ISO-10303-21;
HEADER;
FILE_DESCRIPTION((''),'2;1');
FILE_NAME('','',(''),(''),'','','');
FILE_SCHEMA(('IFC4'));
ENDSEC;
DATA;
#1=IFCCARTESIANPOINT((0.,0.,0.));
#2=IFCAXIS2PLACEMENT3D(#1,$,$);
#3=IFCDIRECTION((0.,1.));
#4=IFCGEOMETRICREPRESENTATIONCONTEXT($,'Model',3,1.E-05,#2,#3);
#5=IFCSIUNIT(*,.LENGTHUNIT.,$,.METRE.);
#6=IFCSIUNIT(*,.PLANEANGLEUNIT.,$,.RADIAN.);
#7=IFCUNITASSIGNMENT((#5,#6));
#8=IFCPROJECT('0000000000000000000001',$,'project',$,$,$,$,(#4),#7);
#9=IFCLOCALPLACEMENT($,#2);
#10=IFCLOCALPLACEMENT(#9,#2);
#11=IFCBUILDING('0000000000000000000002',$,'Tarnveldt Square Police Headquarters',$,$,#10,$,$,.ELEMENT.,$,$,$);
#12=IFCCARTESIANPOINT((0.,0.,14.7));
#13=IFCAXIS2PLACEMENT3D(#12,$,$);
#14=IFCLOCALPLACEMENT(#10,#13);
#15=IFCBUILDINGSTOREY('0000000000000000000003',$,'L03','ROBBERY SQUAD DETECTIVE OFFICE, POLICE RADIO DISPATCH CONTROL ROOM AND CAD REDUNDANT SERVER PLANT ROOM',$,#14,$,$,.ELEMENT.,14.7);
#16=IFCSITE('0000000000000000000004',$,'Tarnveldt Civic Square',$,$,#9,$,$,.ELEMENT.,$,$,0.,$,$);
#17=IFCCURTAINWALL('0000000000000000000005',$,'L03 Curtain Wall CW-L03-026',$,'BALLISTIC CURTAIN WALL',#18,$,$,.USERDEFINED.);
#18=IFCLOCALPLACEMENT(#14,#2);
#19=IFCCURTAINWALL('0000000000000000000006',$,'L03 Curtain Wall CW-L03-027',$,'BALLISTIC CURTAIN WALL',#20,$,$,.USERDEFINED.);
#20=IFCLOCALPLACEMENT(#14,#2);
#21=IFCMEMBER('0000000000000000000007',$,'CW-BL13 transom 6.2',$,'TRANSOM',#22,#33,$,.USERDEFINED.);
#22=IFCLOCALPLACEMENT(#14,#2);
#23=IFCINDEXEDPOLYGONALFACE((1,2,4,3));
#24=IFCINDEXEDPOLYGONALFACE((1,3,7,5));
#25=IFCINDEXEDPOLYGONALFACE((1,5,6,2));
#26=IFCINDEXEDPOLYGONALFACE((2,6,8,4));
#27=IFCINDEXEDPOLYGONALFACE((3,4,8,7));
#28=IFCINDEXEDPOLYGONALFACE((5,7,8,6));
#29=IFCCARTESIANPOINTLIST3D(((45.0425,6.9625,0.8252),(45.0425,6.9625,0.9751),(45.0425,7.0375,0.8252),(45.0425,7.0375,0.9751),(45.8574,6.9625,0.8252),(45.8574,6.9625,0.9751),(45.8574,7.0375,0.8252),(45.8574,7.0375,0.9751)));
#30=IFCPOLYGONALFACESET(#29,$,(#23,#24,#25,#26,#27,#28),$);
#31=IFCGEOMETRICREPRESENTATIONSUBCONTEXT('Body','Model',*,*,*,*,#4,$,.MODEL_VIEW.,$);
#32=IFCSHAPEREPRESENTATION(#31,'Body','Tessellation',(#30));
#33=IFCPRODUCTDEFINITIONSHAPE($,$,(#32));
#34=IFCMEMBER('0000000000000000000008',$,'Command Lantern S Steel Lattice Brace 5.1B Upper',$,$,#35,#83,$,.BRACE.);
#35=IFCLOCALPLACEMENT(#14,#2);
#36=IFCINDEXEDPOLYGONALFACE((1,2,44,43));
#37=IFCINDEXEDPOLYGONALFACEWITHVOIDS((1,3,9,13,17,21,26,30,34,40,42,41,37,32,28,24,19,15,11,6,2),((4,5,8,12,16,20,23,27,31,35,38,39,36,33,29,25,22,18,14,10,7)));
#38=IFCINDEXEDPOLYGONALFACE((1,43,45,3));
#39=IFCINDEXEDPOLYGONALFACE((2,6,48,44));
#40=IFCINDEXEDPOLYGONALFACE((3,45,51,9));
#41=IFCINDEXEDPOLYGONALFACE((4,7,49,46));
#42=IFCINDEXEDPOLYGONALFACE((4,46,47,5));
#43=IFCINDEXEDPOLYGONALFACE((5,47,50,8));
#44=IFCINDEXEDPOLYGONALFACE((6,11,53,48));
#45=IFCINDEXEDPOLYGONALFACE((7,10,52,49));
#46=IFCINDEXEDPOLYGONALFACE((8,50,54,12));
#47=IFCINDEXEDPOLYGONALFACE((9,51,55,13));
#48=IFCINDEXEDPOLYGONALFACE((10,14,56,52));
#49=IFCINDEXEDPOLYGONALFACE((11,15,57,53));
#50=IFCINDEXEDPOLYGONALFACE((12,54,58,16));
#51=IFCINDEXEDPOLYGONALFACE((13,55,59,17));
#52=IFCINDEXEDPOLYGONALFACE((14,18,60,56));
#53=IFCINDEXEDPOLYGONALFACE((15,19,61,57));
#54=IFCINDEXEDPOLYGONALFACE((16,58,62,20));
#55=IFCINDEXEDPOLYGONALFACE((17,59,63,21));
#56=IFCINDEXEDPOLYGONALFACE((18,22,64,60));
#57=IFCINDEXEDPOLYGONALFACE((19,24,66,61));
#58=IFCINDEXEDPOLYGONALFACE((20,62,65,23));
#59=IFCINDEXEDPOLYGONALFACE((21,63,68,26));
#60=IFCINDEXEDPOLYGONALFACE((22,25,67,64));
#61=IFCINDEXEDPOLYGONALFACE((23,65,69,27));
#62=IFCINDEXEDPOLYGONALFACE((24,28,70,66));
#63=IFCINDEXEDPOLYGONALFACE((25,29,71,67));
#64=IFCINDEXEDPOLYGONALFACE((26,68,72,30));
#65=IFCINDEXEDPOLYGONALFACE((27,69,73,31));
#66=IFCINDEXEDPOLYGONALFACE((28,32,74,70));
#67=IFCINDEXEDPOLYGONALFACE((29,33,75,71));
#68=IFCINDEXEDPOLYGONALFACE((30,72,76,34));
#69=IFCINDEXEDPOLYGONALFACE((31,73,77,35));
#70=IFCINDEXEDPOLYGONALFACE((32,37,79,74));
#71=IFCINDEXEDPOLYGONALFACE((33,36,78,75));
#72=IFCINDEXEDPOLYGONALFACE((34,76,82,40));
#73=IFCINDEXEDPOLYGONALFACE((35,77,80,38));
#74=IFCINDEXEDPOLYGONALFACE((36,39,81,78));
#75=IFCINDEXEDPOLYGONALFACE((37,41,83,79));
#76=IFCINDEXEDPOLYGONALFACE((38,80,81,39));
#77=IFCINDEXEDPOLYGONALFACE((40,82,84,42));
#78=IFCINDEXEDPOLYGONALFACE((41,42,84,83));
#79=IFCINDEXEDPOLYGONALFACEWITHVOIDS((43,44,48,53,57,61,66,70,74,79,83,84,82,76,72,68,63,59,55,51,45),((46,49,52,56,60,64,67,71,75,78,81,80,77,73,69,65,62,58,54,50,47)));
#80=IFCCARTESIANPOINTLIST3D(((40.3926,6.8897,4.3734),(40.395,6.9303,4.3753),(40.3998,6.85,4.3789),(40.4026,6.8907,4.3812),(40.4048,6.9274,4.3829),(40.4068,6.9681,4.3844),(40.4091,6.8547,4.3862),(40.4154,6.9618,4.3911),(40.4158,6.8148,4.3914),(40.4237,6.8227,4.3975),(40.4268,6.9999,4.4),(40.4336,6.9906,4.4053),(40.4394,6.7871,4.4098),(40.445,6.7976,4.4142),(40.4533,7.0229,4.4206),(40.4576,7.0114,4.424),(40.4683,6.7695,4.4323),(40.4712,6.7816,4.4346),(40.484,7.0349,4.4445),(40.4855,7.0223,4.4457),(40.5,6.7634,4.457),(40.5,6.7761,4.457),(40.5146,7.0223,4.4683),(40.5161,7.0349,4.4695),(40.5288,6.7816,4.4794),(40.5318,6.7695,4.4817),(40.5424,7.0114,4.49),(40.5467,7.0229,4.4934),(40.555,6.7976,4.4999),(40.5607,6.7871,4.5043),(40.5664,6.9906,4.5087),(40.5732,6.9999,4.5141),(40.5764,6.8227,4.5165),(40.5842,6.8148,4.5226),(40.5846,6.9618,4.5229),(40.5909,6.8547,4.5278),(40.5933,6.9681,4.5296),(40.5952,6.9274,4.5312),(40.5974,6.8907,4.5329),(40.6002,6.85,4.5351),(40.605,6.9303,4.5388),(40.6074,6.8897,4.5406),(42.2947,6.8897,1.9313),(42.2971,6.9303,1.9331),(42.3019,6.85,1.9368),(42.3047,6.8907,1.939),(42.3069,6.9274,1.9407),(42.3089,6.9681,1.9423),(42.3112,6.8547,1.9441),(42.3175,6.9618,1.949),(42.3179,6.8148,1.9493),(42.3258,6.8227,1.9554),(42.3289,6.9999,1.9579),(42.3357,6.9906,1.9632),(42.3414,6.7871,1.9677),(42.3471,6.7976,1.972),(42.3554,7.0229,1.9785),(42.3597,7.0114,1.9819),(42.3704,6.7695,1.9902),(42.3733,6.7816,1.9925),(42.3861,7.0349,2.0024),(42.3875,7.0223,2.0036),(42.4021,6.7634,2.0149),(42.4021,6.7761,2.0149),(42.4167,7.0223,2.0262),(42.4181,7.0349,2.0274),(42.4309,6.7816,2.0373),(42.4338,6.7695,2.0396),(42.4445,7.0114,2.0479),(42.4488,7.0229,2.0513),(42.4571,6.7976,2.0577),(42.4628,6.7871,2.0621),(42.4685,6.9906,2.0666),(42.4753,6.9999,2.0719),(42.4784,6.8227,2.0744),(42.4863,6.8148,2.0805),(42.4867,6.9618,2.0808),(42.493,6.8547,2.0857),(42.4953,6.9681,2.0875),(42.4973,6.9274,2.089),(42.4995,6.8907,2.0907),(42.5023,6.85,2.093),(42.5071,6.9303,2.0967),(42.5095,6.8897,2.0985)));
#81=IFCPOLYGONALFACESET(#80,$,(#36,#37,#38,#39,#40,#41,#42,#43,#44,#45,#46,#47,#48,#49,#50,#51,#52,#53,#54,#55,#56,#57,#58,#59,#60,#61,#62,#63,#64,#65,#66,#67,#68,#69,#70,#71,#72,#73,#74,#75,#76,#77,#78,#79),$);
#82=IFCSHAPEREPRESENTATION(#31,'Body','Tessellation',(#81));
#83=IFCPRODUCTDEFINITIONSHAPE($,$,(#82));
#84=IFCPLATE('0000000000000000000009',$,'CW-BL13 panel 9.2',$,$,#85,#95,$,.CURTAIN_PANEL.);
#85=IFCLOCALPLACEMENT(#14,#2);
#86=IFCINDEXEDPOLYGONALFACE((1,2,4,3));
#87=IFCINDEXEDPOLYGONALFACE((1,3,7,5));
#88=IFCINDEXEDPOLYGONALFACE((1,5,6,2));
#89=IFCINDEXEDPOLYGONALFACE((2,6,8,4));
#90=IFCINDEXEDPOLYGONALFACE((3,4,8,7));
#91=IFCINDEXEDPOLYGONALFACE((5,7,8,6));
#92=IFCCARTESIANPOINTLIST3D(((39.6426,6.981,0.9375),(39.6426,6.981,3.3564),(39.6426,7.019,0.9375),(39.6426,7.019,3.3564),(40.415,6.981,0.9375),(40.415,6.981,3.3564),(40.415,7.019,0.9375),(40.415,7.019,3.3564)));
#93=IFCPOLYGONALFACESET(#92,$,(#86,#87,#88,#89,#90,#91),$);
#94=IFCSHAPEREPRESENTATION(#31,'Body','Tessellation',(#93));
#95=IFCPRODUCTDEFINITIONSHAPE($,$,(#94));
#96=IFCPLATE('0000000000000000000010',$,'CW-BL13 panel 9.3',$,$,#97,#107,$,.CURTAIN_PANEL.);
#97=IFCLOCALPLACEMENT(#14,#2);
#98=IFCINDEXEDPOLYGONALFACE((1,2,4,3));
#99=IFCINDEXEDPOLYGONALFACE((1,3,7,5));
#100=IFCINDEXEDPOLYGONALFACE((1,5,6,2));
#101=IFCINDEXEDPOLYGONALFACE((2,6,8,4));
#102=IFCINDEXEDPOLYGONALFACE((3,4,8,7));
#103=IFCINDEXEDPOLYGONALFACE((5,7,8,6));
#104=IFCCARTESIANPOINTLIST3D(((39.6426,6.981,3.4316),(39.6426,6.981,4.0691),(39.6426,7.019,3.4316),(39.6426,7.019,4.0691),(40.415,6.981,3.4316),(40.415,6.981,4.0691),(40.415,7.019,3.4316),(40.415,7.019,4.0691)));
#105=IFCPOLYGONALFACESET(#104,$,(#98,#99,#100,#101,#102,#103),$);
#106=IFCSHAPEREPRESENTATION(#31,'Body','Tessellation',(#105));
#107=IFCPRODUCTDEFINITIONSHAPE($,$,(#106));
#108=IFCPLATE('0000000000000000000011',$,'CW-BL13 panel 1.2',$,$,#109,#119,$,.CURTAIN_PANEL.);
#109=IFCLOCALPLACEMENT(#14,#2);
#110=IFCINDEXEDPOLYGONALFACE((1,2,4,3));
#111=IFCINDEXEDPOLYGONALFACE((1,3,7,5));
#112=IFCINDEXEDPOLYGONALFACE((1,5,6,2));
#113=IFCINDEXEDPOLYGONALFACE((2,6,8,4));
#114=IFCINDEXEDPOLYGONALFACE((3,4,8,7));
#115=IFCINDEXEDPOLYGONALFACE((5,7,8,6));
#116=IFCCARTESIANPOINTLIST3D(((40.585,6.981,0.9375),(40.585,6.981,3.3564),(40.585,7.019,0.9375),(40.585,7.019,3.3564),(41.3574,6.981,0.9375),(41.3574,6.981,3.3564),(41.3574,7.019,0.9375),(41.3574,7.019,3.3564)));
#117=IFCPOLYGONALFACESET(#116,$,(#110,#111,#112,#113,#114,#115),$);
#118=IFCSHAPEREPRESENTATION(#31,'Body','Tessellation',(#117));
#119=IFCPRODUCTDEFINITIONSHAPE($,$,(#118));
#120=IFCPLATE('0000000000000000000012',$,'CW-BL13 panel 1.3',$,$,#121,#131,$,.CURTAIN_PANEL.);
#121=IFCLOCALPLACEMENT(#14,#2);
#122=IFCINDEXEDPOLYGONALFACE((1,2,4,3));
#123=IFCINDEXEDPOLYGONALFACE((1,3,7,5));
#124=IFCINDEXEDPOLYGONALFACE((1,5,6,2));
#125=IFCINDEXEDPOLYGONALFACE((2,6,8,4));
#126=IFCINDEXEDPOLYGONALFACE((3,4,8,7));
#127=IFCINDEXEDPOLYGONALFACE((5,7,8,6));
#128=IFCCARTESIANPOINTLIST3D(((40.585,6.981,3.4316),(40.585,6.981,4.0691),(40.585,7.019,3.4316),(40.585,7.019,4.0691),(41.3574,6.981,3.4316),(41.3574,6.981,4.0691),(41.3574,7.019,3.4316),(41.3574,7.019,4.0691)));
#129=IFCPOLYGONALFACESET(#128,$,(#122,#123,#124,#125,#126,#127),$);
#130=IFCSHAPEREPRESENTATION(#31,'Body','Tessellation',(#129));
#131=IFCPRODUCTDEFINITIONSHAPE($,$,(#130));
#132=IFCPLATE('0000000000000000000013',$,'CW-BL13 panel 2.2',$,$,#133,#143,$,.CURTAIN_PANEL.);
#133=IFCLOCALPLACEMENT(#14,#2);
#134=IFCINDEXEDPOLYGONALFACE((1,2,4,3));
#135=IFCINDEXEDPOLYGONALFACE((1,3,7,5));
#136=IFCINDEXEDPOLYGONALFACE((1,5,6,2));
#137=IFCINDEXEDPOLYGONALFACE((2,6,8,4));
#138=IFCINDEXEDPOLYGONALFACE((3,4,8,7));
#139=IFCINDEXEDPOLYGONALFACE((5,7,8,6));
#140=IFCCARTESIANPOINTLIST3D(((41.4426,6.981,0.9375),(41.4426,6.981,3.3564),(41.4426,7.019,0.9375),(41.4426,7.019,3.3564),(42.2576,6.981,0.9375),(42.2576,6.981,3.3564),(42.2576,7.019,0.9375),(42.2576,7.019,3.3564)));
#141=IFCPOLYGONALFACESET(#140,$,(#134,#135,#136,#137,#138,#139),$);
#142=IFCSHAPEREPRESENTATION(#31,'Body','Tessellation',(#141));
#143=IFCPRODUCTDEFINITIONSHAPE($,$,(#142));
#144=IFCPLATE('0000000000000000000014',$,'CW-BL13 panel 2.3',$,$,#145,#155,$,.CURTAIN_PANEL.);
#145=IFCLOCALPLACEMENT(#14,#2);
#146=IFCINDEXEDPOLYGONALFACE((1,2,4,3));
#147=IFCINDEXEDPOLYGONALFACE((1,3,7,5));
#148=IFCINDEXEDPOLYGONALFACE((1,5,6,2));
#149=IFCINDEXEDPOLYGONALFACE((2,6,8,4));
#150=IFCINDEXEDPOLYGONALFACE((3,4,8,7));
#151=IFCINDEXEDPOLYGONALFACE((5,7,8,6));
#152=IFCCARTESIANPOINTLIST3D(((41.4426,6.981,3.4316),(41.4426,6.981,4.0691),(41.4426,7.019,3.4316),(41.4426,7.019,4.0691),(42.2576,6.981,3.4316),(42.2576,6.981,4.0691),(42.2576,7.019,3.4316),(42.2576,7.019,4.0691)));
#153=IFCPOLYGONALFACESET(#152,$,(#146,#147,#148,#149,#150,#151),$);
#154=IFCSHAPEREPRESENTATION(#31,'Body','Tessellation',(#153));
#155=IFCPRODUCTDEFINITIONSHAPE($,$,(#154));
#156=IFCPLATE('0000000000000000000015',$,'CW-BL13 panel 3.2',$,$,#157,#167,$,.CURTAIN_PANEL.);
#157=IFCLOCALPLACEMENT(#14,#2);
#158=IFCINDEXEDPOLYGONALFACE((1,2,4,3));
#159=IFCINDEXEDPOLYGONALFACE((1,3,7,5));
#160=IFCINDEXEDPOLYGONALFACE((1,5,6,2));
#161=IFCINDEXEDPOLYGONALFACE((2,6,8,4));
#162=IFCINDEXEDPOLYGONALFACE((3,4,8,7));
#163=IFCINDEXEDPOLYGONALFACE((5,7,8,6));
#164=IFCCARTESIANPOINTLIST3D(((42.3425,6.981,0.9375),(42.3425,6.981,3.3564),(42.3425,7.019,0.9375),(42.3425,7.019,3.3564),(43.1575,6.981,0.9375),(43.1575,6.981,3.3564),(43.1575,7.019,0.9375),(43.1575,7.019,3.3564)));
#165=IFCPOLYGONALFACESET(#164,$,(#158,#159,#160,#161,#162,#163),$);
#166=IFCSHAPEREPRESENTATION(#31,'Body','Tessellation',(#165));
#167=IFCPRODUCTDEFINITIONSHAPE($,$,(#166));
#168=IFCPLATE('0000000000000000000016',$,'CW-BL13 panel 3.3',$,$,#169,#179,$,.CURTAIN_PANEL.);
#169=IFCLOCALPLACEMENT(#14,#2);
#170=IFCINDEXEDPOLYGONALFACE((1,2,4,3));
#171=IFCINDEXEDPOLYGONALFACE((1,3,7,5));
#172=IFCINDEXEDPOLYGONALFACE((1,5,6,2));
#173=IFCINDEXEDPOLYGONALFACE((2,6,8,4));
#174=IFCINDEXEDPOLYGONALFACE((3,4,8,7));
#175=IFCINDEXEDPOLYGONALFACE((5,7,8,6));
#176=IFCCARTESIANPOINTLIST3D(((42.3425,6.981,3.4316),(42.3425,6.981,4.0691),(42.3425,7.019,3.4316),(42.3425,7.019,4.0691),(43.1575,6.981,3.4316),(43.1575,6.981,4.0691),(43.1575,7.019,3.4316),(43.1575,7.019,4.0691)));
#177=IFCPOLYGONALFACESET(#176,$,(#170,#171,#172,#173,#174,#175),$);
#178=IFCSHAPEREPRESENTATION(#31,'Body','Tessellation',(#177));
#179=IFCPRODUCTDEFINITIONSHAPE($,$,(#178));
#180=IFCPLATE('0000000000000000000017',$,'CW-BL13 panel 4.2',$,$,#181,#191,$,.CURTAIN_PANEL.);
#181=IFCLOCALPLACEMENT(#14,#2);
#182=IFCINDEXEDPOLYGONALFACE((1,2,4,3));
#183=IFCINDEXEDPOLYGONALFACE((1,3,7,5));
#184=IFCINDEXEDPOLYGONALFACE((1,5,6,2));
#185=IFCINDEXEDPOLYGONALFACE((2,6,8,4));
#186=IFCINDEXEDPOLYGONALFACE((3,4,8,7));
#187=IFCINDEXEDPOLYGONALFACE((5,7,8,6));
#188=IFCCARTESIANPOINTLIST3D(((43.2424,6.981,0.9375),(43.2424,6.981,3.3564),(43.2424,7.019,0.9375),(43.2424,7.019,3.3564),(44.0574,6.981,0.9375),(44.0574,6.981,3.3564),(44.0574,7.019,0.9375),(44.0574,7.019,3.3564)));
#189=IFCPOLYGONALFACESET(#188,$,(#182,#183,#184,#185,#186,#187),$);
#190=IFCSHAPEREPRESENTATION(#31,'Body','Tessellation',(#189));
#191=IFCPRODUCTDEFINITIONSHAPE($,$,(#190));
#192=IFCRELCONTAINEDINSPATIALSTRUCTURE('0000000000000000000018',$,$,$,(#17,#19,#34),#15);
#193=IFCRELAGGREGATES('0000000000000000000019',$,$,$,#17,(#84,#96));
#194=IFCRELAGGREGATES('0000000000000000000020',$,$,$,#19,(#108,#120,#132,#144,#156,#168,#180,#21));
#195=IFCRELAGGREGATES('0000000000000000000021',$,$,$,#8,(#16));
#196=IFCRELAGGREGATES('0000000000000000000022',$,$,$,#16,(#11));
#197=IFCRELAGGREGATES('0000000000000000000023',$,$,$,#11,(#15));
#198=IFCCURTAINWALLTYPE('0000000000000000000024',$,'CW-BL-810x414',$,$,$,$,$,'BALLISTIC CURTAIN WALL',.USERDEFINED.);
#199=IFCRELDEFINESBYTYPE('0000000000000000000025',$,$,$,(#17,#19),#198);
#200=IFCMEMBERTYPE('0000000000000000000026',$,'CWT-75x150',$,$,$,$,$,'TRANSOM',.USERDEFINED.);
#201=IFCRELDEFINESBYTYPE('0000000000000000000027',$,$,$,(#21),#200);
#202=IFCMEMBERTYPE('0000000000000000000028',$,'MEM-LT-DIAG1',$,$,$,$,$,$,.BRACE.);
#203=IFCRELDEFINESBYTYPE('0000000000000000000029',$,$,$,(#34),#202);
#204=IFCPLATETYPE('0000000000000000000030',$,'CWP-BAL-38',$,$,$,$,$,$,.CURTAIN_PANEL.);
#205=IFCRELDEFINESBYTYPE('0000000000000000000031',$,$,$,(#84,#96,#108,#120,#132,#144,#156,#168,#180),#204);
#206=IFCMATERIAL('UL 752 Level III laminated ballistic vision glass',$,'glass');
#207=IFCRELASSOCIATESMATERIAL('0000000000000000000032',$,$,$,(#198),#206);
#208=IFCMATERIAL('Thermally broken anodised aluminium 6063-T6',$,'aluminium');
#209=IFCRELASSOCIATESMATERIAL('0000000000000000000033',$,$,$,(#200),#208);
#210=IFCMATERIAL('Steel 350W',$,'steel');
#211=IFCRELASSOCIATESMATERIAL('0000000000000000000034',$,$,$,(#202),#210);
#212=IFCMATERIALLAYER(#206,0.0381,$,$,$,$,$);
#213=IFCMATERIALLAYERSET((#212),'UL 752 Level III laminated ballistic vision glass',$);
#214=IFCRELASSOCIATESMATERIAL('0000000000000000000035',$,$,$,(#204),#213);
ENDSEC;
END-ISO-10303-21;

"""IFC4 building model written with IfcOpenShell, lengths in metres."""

from ifc_helpers import new_model, si_unit, direction, frame, origin, origin_2d, place, context, subcontext, project, spatial, rectangle, hollow_circle, extrude, material, layer, layer_set, material_profile, profile_set, type_object, element, aggregate, save


model = new_model("IFC4")

# Units and contexts
model_context = context("Model", 3, precision=1e-05, world=origin(), true_north=direction((0.0, 1.0)))
body_context = subcontext(model_context, "Body", "Model", "MODEL_VIEW")
ifc_project = project(units=[si_unit("LENGTHUNIT", "METRE"), si_unit("PLANEANGLEUNIT", "RADIAN")], contexts=[model_context])

# Site, building, storey
site_placement = place(None, origin())
site = spatial("IfcSite", under=ifc_project, at=site_placement, Name="Tarnveldt Civic Square", CompositionType="ELEMENT", RefElevation=0.0)
building_placement = place(site_placement, origin())
building = spatial("IfcBuilding", under=site, at=building_placement, Name="Tarnveldt Square Police Headquarters", CompositionType="ELEMENT")
storey_placement = place(building_placement, frame((0.0, 0.0, 14.7)))
storey = spatial("IfcBuildingStorey", under=building, at=storey_placement, Name="L03", Description="ROBBERY SQUAD DETECTIVE OFFICE, POLICE RADIO DISPATCH CONTROL ROOM AND CAD REDUNDANT SERVER PLANT ROOM", CompositionType="ELEMENT", Elevation=14.7)

# Curtain walls, member
ifc_material_1 = material(Name="UL 752 Level III laminated ballistic vision glass", Category="glass")
curtain_wall_type = type_object("IfcCurtainWallType", Name="CW-BL-810x414", ElementType="BALLISTIC CURTAIN WALL", PredefinedType="USERDEFINED", material=ifc_material_1)
curtain_wall_1_placement = place(storey_placement, origin())
curtain_wall_1 = element("IfcCurtainWall", 1, at=curtain_wall_1_placement, inside=storey, type_object=curtain_wall_type, Name="L03 Curtain Wall CW-L03-026", ObjectType="BALLISTIC CURTAIN WALL", PredefinedType="USERDEFINED")
ifc_material_2 = material(Name="Thermally broken anodised aluminium 6063-T6", Category="aluminium")
ifc_material_profile_1 = material_profile(ifc_material_2, rectangle(XDim=0.075, YDim=0.1499, at=origin_2d()), Name="CW-T75x150")
ifc_profile_set_1 = profile_set([ifc_material_profile_1], Name="Thermally broken anodised aluminium 6063-T6")
member_type_1 = type_object("IfcMemberType", Name="CWT-75x150", ElementType="TRANSOM", PredefinedType="USERDEFINED", material=ifc_profile_set_1)
curtain_wall_2_placement = place(storey_placement, origin())
curtain_wall_2 = element("IfcCurtainWall", 2, at=curtain_wall_2_placement, inside=storey, type_object=curtain_wall_type, Name="L03 Curtain Wall CW-L03-027", ObjectType="BALLISTIC CURTAIN WALL", PredefinedType="USERDEFINED")
member_1_placement = place(storey_placement, frame((45.0425, 7.0, 0.9001), z_axis=(1.0, 0.0, 0.0), x_axis=(0.0, 1.0, 0.0)))
member_1 = element("IfcMember", 3, at=member_1_placement, type_object=member_type_1, Name="CW-BL13 transom 6.2", ObjectType="TRANSOM", PredefinedType="USERDEFINED", context=body_context, shape_type="SweptSolid", body=[
    extrude(rectangle(XDim=0.075, YDim=0.1499, at=origin_2d()), origin(), (0.0, 0.0, 1.0), 0.8149),
])

# Member
ifc_material_3 = material(Name="Steel 350W", Category="steel")
ifc_material_profile_2 = material_profile(ifc_material_3, hollow_circle(Radius=0.1365, WallThickness=0.0127, at=origin_2d()), Name="HSS273x13")
ifc_profile_set_2 = profile_set([ifc_material_profile_2], Name="Steel 350W")
member_type_2 = type_object("IfcMemberType", Name="MEM-LT-DIAG1", PredefinedType="BRACE", material=ifc_profile_set_2)
member_2_placement = place(storey_placement, frame((42.4021, 6.8999, 2.0149), z_axis=(-0.614476, 0.0, 0.788936), x_axis=(0.0, -1.0, 0.0)))
element("IfcMember", 4, at=member_2_placement, inside=storey, type_object=member_type_2, Name="Command Lantern S Steel Lattice Brace 5.1B Upper", PredefinedType="BRACE", context=body_context, shape_type="SweptSolid", body=[
    extrude(hollow_circle(Radius=0.1365, WallThickness=0.0127, at=origin_2d()), origin(), (0.0, 0.0, 1.0), 3.0955),
])

# Plates
ifc_layer_1 = layer(ifc_material_1, 0.0381)
ifc_layer_set_1 = layer_set([ifc_layer_1], Name="UL 752 Level III laminated ballistic vision glass")
plate_type_1 = type_object("IfcPlateType", Name="CWP-BAL-38", PredefinedType="CURTAIN_PANEL", material=ifc_layer_set_1)
plate_1_placement = place(storey_placement, frame((40.0288, 7.0, 0.9375), z_axis=(0.0, 0.0, 1.0), x_axis=(1.0, 0.0, 0.0)))
plate_1 = element("IfcPlate", 5, at=plate_1_placement, type_object=plate_type_1, Name="CW-BL13 panel 9.2", PredefinedType="CURTAIN_PANEL", context=body_context, shape_type="SweptSolid", body=[
    extrude(rectangle(XDim=0.7725, YDim=0.0381, at=origin_2d()), origin(), (0.0, 0.0, 1.0), 2.4189),
])
plate_2_placement = place(storey_placement, frame((40.0288, 7.0, 3.4316), z_axis=(0.0, 0.0, 1.0), x_axis=(1.0, 0.0, 0.0)))
plate_2 = element("IfcPlate", 6, at=plate_2_placement, type_object=plate_type_1, Name="CW-BL13 panel 9.3", PredefinedType="CURTAIN_PANEL", context=body_context, shape_type="SweptSolid", body=[
    extrude(rectangle(XDim=0.7725, YDim=0.0381, at=origin_2d()), origin(), (0.0, 0.0, 1.0), 0.6375),
])
aggregate(curtain_wall_1, [plate_1, plate_2])
plate_3_placement = place(storey_placement, frame((40.9712, 7.0, 0.9375), z_axis=(0.0, 0.0, 1.0), x_axis=(1.0, 0.0, 0.0)))
plate_3 = element("IfcPlate", 7, at=plate_3_placement, type_object=plate_type_1, Name="CW-BL13 panel 1.2", PredefinedType="CURTAIN_PANEL", context=body_context, shape_type="SweptSolid", body=[
    extrude(rectangle(XDim=0.7725, YDim=0.0381, at=origin_2d()), origin(), (0.0, 0.0, 1.0), 2.4189),
])
plate_4_placement = place(storey_placement, frame((40.9712, 7.0, 3.4316), z_axis=(0.0, 0.0, 1.0), x_axis=(1.0, 0.0, 0.0)))
plate_4 = element("IfcPlate", 8, at=plate_4_placement, type_object=plate_type_1, Name="CW-BL13 panel 1.3", PredefinedType="CURTAIN_PANEL", context=body_context, shape_type="SweptSolid", body=[
    extrude(rectangle(XDim=0.7725, YDim=0.0381, at=origin_2d()), origin(), (0.0, 0.0, 1.0), 0.6375),
])
plate_5_placement = place(storey_placement, frame((41.8501, 7.0, 0.9375), z_axis=(0.0, 0.0, 1.0), x_axis=(1.0, 0.0, 0.0)))
plate_5 = element("IfcPlate", 9, at=plate_5_placement, type_object=plate_type_1, Name="CW-BL13 panel 2.2", PredefinedType="CURTAIN_PANEL", context=body_context, shape_type="SweptSolid", body=[
    extrude(rectangle(XDim=0.8149, YDim=0.0381, at=origin_2d()), origin(), (0.0, 0.0, 1.0), 2.4189),
])
plate_6_placement = place(storey_placement, frame((41.8501, 7.0, 3.4316), z_axis=(0.0, 0.0, 1.0), x_axis=(1.0, 0.0, 0.0)))
plate_6 = element("IfcPlate", 10, at=plate_6_placement, type_object=plate_type_1, Name="CW-BL13 panel 2.3", PredefinedType="CURTAIN_PANEL", context=body_context, shape_type="SweptSolid", body=[
    extrude(rectangle(XDim=0.8149, YDim=0.0381, at=origin_2d()), origin(), (0.0, 0.0, 1.0), 0.6375),
])
plate_7_placement = place(storey_placement, frame((42.75, 7.0, 0.9375), z_axis=(0.0, 0.0, 1.0), x_axis=(1.0, 0.0, 0.0)))
plate_7 = element("IfcPlate", 11, at=plate_7_placement, type_object=plate_type_1, Name="CW-BL13 panel 3.2", PredefinedType="CURTAIN_PANEL", context=body_context, shape_type="SweptSolid", body=[
    extrude(rectangle(XDim=0.8149, YDim=0.0381, at=origin_2d()), origin(), (0.0, 0.0, 1.0), 2.4189),
])
plate_8_placement = place(storey_placement, frame((42.75, 7.0, 3.4316), z_axis=(0.0, 0.0, 1.0), x_axis=(1.0, 0.0, 0.0)))
plate_8 = element("IfcPlate", 12, at=plate_8_placement, type_object=plate_type_1, Name="CW-BL13 panel 3.3", PredefinedType="CURTAIN_PANEL", context=body_context, shape_type="SweptSolid", body=[
    extrude(rectangle(XDim=0.8149, YDim=0.0381, at=origin_2d()), origin(), (0.0, 0.0, 1.0), 0.6375),
])
plate_9_placement = place(storey_placement, frame((43.6499, 7.0, 0.9375), z_axis=(0.0, 0.0, 1.0), x_axis=(1.0, 0.0, 0.0)))
plate_9 = element("IfcPlate", 13, at=plate_9_placement, type_object=plate_type_1, Name="CW-BL13 panel 4.2", PredefinedType="CURTAIN_PANEL", context=body_context, shape_type="SweptSolid", body=[
    extrude(rectangle(XDim=0.8149, YDim=0.0381, at=origin_2d()), origin(), (0.0, 0.0, 1.0), 2.4189),
])
aggregate(curtain_wall_2, [plate_3, plate_4, plate_5, plate_6, plate_7, plate_8, plate_9, member_1])

save(model, "model.ifc")
